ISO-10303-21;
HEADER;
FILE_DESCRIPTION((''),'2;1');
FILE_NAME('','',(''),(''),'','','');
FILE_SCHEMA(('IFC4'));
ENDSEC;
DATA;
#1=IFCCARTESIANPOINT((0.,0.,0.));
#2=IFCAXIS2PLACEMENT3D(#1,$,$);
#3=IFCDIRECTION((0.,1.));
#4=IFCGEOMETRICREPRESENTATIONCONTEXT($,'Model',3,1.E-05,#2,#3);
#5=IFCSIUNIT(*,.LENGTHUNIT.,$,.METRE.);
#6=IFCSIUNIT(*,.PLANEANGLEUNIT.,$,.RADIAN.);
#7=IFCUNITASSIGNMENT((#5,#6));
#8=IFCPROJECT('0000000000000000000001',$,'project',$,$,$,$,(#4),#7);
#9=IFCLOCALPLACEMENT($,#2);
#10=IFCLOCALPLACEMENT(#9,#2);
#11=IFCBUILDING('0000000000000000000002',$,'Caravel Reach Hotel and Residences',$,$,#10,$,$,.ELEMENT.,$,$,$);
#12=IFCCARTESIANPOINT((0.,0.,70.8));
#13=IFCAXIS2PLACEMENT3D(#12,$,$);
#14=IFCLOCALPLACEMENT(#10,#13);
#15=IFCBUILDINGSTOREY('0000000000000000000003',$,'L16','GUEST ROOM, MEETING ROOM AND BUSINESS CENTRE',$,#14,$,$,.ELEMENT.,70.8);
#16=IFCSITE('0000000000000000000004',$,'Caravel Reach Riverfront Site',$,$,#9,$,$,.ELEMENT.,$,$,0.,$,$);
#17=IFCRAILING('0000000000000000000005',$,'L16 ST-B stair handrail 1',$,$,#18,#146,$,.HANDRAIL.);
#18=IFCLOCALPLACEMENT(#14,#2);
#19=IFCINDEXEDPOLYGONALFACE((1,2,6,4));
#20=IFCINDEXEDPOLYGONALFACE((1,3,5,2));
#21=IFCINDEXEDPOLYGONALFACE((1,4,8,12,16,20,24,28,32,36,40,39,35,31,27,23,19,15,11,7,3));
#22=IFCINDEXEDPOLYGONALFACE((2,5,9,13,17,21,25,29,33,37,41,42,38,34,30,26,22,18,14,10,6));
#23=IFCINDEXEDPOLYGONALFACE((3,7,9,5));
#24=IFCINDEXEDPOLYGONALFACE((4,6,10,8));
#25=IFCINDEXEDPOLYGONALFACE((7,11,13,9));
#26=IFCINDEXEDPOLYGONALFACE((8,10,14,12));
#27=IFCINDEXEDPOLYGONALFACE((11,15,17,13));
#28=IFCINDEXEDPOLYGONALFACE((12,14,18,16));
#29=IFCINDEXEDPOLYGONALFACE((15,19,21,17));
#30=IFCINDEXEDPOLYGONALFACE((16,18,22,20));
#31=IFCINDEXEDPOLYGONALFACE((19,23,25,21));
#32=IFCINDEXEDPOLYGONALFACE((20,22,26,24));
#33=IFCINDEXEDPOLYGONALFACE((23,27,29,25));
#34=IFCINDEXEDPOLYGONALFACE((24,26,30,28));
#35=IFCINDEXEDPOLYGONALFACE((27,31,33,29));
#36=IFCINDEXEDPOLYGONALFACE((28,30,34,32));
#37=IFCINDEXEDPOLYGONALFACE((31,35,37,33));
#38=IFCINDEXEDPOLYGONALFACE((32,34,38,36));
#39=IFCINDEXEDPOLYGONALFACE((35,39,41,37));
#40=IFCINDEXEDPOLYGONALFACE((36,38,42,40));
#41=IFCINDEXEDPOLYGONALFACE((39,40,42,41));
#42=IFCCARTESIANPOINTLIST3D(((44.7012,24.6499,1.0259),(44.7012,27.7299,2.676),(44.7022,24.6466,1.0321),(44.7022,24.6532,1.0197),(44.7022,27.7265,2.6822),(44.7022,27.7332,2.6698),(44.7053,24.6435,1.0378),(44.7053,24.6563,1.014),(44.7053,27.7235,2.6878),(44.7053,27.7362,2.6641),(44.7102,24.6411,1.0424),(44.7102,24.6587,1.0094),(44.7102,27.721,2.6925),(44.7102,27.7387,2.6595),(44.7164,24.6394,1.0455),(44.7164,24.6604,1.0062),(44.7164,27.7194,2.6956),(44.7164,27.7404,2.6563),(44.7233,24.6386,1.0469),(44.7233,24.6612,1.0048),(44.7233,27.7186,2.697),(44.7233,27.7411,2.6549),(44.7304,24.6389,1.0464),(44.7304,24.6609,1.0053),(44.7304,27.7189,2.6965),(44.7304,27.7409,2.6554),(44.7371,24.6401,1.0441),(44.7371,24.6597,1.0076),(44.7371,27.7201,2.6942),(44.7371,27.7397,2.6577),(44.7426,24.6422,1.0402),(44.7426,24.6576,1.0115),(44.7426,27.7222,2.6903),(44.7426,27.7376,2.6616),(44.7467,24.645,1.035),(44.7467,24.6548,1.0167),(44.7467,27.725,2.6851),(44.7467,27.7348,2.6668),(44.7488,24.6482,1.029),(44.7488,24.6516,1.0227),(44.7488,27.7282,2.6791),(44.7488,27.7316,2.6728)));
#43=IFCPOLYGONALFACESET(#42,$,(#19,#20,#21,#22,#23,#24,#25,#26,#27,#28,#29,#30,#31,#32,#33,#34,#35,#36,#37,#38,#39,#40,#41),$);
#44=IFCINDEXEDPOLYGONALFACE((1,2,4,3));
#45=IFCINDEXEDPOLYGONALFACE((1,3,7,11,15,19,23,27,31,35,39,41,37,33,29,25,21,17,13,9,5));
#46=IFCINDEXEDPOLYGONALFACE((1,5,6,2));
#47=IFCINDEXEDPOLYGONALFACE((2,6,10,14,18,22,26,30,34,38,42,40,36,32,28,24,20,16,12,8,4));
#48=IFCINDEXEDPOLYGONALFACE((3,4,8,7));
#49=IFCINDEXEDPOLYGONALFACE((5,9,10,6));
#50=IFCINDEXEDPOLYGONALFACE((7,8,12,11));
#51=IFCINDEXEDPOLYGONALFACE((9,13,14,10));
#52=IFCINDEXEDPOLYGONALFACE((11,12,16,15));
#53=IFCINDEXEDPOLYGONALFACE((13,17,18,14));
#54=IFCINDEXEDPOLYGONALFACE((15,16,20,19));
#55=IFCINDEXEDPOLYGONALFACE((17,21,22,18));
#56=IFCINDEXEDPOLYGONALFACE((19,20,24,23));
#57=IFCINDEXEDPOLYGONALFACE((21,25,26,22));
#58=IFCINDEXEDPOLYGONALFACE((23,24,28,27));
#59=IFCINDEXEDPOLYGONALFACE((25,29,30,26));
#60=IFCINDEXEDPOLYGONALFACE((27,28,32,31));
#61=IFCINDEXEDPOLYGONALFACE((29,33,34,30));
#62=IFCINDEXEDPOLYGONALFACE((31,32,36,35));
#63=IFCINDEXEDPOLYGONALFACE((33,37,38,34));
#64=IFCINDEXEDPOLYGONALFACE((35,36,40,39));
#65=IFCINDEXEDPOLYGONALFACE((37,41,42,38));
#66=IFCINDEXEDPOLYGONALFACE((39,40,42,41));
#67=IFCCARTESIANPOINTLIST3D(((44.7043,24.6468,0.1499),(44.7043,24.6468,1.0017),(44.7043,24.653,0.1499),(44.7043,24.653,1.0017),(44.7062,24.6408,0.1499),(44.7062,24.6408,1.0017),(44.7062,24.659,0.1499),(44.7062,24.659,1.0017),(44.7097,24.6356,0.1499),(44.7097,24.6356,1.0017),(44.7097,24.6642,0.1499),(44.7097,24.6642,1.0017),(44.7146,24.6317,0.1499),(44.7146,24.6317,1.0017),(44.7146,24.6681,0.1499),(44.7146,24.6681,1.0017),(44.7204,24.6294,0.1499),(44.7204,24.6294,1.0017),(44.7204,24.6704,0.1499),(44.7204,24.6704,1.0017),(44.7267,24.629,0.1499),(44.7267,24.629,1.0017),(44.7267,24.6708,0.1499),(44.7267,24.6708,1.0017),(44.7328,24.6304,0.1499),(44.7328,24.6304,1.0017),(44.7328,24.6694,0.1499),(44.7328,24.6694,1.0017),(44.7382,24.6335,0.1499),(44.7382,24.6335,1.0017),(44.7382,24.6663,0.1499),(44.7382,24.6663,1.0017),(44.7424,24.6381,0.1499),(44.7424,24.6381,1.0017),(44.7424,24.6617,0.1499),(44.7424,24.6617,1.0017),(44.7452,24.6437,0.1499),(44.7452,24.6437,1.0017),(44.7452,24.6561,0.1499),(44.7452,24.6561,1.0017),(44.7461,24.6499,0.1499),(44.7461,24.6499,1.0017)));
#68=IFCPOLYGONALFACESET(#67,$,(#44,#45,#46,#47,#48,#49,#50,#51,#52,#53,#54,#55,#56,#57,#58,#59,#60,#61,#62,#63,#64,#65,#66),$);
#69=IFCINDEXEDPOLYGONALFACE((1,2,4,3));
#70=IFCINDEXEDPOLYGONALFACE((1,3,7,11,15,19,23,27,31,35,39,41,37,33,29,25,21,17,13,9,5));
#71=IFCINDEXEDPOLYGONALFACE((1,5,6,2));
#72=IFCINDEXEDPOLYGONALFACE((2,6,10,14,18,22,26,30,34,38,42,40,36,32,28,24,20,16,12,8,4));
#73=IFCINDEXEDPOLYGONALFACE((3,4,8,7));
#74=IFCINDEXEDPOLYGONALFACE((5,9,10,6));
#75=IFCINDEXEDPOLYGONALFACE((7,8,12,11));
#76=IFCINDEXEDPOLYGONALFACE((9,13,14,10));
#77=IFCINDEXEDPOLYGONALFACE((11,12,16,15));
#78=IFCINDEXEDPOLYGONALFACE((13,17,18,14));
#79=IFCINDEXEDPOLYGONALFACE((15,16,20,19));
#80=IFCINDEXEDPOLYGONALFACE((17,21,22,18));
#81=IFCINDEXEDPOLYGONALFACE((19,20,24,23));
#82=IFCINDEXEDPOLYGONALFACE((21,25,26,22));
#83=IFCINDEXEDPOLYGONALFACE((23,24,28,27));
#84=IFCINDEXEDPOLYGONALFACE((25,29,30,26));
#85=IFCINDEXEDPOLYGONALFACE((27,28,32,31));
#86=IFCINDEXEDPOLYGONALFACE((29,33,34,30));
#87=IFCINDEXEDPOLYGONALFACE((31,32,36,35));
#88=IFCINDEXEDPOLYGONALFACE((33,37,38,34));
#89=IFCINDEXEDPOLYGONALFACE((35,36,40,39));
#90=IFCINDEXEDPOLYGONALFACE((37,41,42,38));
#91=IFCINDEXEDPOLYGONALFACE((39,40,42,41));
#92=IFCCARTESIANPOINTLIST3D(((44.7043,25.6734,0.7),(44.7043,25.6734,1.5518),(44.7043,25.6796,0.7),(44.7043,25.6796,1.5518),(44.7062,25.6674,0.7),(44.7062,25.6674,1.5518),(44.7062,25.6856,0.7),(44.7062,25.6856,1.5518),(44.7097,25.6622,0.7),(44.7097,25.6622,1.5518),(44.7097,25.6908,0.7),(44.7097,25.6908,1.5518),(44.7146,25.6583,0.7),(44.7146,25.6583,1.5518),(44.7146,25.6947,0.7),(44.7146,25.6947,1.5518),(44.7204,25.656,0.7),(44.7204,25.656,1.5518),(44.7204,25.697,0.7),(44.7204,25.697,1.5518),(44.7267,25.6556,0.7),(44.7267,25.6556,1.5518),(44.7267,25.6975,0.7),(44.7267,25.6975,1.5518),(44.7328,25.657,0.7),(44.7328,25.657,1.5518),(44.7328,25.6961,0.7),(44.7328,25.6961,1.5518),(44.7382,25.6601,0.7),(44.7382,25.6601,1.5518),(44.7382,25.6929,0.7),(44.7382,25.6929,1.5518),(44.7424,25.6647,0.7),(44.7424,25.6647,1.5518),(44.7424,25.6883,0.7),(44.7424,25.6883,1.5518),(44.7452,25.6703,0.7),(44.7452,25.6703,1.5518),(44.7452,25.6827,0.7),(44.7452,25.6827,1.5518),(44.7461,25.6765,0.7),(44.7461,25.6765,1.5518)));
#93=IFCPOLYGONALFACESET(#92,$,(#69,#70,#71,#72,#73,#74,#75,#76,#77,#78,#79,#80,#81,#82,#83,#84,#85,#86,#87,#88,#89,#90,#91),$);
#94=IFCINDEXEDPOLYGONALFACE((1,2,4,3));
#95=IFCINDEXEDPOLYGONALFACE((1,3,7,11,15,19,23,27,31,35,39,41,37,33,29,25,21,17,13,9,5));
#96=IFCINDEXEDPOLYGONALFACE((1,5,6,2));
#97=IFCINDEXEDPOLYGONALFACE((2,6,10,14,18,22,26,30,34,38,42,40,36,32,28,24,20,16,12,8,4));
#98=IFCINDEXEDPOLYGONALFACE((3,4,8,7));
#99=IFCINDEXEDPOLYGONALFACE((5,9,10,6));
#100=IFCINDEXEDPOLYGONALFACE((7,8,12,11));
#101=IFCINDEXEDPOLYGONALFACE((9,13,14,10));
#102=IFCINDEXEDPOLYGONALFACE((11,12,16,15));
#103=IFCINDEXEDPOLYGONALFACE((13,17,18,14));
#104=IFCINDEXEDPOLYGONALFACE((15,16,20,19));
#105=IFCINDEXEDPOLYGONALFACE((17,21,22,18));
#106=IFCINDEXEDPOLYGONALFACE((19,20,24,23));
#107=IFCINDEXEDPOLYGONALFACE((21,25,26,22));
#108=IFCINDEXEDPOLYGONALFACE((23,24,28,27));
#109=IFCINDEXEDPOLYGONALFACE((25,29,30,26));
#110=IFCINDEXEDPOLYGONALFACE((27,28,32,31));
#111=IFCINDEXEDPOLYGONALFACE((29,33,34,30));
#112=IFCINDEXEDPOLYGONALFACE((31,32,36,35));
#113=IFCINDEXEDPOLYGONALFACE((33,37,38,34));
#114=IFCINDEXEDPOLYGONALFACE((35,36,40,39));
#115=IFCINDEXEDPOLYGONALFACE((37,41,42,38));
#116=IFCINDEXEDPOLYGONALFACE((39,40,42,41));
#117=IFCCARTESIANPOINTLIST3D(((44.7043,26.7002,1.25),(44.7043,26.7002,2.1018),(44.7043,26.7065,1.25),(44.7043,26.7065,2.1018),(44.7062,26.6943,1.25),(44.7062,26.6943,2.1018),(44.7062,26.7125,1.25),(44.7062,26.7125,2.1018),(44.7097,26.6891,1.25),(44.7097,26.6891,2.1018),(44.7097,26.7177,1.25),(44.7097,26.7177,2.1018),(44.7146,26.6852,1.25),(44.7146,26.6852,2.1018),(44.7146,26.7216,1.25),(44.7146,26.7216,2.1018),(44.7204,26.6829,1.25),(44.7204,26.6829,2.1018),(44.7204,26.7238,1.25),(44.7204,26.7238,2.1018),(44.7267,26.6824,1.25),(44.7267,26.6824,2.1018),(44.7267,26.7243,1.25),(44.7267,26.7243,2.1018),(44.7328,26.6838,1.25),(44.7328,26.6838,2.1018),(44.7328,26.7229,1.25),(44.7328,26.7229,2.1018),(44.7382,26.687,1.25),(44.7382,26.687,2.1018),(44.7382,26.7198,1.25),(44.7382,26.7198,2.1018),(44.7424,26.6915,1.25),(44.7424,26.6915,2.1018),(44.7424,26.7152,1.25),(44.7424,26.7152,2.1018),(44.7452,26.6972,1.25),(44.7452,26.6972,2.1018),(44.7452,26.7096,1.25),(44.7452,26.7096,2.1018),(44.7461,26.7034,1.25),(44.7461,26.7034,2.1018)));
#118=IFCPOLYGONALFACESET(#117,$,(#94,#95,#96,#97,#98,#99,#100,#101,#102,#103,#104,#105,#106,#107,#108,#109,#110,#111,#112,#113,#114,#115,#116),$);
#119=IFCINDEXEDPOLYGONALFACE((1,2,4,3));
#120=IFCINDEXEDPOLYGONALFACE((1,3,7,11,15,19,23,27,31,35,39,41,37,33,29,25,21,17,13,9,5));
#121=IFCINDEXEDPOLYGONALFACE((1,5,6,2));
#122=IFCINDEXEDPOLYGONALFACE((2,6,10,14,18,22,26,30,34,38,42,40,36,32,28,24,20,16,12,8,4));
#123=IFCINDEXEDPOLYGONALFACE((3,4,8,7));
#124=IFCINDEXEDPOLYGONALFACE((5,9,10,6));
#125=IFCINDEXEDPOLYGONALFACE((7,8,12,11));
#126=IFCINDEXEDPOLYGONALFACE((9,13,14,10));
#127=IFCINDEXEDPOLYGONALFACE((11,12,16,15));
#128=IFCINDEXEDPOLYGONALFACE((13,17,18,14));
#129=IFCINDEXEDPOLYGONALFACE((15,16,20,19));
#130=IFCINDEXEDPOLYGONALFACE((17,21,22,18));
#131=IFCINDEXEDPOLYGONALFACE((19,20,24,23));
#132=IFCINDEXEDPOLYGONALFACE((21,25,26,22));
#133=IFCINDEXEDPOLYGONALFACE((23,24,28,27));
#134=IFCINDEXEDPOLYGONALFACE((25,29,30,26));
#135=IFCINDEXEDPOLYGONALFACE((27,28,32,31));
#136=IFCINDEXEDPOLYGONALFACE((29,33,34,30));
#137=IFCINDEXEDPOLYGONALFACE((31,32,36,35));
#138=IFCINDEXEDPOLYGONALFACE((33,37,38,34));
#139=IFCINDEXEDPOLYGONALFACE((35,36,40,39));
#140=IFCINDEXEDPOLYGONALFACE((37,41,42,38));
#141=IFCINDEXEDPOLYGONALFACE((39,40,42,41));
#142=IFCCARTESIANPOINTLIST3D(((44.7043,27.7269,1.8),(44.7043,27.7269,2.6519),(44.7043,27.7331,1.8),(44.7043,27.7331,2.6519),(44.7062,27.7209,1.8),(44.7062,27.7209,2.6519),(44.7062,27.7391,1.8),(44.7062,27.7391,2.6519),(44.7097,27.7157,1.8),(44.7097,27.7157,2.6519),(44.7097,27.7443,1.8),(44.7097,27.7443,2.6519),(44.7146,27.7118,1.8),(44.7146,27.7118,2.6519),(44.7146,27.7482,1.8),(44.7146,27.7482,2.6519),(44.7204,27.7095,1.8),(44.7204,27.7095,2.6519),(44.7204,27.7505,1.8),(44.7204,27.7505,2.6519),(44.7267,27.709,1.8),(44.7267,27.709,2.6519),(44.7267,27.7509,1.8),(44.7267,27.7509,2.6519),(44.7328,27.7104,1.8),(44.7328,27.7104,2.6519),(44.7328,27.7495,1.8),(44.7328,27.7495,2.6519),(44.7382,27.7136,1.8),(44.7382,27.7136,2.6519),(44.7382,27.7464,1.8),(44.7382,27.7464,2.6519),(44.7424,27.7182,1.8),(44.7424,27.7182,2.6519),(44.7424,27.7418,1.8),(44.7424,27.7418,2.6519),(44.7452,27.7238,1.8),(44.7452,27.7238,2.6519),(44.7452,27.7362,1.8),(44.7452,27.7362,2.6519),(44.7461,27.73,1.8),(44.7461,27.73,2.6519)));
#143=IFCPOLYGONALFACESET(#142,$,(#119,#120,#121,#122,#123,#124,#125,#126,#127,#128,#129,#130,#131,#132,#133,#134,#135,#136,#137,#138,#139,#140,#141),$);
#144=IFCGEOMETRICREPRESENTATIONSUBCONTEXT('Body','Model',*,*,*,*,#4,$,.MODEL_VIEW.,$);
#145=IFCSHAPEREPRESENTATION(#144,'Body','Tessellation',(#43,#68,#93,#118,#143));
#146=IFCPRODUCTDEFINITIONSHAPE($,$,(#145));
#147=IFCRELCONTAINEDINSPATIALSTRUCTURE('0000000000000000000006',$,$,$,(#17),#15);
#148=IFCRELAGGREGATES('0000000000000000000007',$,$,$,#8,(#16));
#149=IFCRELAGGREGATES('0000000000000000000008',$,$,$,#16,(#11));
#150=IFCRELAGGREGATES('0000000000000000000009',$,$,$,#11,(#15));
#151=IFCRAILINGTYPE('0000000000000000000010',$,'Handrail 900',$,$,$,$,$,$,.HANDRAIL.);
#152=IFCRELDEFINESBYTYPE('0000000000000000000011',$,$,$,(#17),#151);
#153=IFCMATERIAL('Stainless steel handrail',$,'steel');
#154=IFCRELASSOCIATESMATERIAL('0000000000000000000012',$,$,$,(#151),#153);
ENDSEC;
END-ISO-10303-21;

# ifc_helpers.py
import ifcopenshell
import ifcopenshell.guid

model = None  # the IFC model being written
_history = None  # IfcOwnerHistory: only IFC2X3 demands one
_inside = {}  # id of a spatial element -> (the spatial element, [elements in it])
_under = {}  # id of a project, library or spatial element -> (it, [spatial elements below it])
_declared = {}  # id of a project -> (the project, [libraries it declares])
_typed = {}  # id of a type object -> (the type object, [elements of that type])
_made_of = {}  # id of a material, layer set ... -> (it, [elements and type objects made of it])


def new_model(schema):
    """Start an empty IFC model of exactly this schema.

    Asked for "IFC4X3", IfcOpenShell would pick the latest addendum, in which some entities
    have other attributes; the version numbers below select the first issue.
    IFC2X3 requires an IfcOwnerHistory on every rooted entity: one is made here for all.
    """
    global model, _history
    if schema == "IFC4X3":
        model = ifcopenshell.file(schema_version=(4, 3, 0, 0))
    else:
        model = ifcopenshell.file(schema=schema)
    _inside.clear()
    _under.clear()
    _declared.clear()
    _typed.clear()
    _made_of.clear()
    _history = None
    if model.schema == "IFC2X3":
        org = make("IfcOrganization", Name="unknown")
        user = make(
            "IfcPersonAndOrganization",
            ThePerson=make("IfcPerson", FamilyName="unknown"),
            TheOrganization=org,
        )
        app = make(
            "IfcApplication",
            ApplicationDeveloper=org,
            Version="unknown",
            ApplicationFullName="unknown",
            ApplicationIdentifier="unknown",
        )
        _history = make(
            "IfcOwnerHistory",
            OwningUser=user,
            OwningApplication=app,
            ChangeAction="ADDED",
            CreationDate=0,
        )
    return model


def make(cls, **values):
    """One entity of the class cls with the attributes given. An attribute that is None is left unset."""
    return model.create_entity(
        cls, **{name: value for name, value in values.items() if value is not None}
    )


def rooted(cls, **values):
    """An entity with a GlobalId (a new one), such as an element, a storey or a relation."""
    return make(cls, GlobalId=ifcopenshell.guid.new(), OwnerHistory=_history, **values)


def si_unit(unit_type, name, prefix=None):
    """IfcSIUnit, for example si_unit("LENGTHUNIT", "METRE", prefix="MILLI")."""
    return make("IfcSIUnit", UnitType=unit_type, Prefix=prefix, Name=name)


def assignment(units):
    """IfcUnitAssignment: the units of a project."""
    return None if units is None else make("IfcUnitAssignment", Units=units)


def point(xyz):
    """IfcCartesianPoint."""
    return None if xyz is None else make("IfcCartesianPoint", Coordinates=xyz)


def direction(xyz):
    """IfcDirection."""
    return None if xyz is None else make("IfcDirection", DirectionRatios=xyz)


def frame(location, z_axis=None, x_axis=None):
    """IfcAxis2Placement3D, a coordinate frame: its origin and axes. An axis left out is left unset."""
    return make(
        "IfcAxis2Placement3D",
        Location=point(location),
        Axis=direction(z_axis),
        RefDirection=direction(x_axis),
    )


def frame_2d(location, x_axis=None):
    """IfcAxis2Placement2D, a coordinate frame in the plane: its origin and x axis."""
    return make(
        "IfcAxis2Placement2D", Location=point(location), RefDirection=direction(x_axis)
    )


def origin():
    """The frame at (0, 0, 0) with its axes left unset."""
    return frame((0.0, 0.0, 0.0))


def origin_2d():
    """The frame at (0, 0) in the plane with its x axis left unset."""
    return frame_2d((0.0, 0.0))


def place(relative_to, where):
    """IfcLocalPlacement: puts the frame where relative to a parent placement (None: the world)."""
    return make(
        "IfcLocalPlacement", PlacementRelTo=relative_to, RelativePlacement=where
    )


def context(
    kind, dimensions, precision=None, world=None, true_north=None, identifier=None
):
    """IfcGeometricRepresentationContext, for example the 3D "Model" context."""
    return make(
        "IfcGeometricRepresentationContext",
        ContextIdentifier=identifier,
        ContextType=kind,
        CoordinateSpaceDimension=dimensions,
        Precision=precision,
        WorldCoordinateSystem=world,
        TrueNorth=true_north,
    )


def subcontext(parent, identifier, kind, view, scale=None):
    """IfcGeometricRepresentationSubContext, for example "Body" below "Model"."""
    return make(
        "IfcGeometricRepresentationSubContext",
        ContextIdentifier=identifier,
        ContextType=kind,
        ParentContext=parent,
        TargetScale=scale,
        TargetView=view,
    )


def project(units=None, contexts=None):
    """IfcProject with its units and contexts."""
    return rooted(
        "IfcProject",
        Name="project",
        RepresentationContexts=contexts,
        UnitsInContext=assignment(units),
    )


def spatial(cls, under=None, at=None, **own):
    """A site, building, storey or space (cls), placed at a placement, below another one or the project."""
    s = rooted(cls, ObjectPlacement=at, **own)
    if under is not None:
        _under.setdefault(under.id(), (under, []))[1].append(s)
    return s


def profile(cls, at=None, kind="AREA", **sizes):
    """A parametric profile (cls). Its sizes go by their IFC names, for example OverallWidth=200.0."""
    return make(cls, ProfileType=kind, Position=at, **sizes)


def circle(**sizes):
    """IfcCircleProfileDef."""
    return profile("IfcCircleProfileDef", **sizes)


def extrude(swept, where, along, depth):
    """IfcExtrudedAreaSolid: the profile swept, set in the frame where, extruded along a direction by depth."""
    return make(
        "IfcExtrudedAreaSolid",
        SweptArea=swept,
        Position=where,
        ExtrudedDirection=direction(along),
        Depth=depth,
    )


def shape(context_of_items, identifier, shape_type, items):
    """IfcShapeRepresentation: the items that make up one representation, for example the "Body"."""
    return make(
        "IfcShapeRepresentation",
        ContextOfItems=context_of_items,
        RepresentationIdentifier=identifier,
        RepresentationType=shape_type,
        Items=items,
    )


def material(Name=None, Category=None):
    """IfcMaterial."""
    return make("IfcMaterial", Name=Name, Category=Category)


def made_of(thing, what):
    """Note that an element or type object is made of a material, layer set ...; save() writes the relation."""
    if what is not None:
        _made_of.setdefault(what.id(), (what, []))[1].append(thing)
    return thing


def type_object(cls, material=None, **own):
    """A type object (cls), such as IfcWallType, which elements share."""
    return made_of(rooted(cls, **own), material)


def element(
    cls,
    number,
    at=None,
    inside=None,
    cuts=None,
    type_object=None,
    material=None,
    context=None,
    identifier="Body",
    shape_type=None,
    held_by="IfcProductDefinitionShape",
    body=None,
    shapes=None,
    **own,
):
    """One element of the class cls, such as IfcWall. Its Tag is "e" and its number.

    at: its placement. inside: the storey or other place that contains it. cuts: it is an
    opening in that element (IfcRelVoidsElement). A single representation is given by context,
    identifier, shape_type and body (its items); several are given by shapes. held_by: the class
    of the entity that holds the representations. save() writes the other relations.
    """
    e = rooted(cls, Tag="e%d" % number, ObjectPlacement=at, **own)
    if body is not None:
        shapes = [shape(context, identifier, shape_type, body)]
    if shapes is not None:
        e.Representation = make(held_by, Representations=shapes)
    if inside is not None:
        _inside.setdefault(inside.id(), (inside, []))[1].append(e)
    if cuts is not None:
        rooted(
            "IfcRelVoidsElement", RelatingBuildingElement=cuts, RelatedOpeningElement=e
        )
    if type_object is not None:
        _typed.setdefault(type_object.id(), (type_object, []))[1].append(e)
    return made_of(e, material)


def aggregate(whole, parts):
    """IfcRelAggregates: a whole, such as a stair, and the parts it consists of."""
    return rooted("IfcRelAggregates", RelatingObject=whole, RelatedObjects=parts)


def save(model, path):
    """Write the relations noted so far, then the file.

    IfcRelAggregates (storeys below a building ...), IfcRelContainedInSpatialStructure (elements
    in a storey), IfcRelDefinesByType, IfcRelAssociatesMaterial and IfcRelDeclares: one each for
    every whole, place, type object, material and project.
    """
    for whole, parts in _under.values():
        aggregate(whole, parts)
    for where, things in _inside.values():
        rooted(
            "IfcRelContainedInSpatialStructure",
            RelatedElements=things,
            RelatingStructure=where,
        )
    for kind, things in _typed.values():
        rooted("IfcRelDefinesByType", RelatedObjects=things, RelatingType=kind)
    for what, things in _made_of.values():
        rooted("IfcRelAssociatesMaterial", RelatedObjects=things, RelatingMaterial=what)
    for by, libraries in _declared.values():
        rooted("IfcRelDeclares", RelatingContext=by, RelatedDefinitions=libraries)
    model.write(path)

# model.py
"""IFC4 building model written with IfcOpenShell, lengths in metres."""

from ifc_helpers import new_model, si_unit, direction, frame, origin, origin_2d, place, context, subcontext, project, spatial, circle, extrude, material, type_object, element, save


model = new_model("IFC4")

# Units and contexts
model_context = context("Model", 3, precision=1e-05, world=origin(), true_north=direction((0.0, 1.0)))
body_context = subcontext(model_context, "Body", "Model", "MODEL_VIEW")
ifc_project = project(units=[si_unit("LENGTHUNIT", "METRE"), si_unit("PLANEANGLEUNIT", "RADIAN")], contexts=[model_context])

# Site, building, storey
site_placement = place(None, origin())
site = spatial("IfcSite", under=ifc_project, at=site_placement, Name="Caravel Reach Riverfront Site", CompositionType="ELEMENT", RefElevation=0.0)
building_placement = place(site_placement, origin())
building = spatial("IfcBuilding", under=site, at=building_placement, Name="Caravel Reach Hotel and Residences", CompositionType="ELEMENT")
storey_placement = place(building_placement, frame((0.0, 0.0, 70.8)))
storey = spatial("IfcBuildingStorey", under=building, at=storey_placement, Name="L16", Description="GUEST ROOM, MEETING ROOM AND BUSINESS CENTRE", CompositionType="ELEMENT", Elevation=70.8)

# Railing
ifc_material_1 = material(Name="Stainless steel handrail", Category="steel")
railing_type_1 = type_object("IfcRailingType", Name="Handrail 900", PredefinedType="HANDRAIL", material=ifc_material_1)
railing_1_placement = place(storey_placement, frame((44.7251, 24.6499, 0.1499)))
element("IfcRailing", 1, at=railing_1_placement, inside=storey, type_object=railing_type_1, Name="L16 ST-B stair handrail 1", PredefinedType="HANDRAIL", context=body_context, shape_type="SweptSolid", body=[
    extrude(circle(Radius=0.0239, at=origin_2d()), frame((0.0, 0.0, 0.876), z_axis=(0.0, 0.881468, 0.472245), x_axis=(-1.0, 0.0, 0.0)), (0.0, 0.0, 1.0), 3.4941),
    extrude(circle(Radius=0.021, at=origin_2d()), origin(), (0.0, 0.0, 1.0), 0.8518),
    extrude(circle(Radius=0.021, at=origin_2d()), frame((0.0, 1.0266, 0.55)), (0.0, 0.0, 1.0), 0.8518),
    extrude(circle(Radius=0.021, at=origin_2d()), frame((0.0, 2.0535, 1.1001)), (0.0, 0.0, 1.0), 0.8518),
    extrude(circle(Radius=0.021, at=origin_2d()), frame((0.0, 3.0801, 1.6501)), (0.0, 0.0, 1.0), 0.8518),
])

save(model, "model.ifc")
